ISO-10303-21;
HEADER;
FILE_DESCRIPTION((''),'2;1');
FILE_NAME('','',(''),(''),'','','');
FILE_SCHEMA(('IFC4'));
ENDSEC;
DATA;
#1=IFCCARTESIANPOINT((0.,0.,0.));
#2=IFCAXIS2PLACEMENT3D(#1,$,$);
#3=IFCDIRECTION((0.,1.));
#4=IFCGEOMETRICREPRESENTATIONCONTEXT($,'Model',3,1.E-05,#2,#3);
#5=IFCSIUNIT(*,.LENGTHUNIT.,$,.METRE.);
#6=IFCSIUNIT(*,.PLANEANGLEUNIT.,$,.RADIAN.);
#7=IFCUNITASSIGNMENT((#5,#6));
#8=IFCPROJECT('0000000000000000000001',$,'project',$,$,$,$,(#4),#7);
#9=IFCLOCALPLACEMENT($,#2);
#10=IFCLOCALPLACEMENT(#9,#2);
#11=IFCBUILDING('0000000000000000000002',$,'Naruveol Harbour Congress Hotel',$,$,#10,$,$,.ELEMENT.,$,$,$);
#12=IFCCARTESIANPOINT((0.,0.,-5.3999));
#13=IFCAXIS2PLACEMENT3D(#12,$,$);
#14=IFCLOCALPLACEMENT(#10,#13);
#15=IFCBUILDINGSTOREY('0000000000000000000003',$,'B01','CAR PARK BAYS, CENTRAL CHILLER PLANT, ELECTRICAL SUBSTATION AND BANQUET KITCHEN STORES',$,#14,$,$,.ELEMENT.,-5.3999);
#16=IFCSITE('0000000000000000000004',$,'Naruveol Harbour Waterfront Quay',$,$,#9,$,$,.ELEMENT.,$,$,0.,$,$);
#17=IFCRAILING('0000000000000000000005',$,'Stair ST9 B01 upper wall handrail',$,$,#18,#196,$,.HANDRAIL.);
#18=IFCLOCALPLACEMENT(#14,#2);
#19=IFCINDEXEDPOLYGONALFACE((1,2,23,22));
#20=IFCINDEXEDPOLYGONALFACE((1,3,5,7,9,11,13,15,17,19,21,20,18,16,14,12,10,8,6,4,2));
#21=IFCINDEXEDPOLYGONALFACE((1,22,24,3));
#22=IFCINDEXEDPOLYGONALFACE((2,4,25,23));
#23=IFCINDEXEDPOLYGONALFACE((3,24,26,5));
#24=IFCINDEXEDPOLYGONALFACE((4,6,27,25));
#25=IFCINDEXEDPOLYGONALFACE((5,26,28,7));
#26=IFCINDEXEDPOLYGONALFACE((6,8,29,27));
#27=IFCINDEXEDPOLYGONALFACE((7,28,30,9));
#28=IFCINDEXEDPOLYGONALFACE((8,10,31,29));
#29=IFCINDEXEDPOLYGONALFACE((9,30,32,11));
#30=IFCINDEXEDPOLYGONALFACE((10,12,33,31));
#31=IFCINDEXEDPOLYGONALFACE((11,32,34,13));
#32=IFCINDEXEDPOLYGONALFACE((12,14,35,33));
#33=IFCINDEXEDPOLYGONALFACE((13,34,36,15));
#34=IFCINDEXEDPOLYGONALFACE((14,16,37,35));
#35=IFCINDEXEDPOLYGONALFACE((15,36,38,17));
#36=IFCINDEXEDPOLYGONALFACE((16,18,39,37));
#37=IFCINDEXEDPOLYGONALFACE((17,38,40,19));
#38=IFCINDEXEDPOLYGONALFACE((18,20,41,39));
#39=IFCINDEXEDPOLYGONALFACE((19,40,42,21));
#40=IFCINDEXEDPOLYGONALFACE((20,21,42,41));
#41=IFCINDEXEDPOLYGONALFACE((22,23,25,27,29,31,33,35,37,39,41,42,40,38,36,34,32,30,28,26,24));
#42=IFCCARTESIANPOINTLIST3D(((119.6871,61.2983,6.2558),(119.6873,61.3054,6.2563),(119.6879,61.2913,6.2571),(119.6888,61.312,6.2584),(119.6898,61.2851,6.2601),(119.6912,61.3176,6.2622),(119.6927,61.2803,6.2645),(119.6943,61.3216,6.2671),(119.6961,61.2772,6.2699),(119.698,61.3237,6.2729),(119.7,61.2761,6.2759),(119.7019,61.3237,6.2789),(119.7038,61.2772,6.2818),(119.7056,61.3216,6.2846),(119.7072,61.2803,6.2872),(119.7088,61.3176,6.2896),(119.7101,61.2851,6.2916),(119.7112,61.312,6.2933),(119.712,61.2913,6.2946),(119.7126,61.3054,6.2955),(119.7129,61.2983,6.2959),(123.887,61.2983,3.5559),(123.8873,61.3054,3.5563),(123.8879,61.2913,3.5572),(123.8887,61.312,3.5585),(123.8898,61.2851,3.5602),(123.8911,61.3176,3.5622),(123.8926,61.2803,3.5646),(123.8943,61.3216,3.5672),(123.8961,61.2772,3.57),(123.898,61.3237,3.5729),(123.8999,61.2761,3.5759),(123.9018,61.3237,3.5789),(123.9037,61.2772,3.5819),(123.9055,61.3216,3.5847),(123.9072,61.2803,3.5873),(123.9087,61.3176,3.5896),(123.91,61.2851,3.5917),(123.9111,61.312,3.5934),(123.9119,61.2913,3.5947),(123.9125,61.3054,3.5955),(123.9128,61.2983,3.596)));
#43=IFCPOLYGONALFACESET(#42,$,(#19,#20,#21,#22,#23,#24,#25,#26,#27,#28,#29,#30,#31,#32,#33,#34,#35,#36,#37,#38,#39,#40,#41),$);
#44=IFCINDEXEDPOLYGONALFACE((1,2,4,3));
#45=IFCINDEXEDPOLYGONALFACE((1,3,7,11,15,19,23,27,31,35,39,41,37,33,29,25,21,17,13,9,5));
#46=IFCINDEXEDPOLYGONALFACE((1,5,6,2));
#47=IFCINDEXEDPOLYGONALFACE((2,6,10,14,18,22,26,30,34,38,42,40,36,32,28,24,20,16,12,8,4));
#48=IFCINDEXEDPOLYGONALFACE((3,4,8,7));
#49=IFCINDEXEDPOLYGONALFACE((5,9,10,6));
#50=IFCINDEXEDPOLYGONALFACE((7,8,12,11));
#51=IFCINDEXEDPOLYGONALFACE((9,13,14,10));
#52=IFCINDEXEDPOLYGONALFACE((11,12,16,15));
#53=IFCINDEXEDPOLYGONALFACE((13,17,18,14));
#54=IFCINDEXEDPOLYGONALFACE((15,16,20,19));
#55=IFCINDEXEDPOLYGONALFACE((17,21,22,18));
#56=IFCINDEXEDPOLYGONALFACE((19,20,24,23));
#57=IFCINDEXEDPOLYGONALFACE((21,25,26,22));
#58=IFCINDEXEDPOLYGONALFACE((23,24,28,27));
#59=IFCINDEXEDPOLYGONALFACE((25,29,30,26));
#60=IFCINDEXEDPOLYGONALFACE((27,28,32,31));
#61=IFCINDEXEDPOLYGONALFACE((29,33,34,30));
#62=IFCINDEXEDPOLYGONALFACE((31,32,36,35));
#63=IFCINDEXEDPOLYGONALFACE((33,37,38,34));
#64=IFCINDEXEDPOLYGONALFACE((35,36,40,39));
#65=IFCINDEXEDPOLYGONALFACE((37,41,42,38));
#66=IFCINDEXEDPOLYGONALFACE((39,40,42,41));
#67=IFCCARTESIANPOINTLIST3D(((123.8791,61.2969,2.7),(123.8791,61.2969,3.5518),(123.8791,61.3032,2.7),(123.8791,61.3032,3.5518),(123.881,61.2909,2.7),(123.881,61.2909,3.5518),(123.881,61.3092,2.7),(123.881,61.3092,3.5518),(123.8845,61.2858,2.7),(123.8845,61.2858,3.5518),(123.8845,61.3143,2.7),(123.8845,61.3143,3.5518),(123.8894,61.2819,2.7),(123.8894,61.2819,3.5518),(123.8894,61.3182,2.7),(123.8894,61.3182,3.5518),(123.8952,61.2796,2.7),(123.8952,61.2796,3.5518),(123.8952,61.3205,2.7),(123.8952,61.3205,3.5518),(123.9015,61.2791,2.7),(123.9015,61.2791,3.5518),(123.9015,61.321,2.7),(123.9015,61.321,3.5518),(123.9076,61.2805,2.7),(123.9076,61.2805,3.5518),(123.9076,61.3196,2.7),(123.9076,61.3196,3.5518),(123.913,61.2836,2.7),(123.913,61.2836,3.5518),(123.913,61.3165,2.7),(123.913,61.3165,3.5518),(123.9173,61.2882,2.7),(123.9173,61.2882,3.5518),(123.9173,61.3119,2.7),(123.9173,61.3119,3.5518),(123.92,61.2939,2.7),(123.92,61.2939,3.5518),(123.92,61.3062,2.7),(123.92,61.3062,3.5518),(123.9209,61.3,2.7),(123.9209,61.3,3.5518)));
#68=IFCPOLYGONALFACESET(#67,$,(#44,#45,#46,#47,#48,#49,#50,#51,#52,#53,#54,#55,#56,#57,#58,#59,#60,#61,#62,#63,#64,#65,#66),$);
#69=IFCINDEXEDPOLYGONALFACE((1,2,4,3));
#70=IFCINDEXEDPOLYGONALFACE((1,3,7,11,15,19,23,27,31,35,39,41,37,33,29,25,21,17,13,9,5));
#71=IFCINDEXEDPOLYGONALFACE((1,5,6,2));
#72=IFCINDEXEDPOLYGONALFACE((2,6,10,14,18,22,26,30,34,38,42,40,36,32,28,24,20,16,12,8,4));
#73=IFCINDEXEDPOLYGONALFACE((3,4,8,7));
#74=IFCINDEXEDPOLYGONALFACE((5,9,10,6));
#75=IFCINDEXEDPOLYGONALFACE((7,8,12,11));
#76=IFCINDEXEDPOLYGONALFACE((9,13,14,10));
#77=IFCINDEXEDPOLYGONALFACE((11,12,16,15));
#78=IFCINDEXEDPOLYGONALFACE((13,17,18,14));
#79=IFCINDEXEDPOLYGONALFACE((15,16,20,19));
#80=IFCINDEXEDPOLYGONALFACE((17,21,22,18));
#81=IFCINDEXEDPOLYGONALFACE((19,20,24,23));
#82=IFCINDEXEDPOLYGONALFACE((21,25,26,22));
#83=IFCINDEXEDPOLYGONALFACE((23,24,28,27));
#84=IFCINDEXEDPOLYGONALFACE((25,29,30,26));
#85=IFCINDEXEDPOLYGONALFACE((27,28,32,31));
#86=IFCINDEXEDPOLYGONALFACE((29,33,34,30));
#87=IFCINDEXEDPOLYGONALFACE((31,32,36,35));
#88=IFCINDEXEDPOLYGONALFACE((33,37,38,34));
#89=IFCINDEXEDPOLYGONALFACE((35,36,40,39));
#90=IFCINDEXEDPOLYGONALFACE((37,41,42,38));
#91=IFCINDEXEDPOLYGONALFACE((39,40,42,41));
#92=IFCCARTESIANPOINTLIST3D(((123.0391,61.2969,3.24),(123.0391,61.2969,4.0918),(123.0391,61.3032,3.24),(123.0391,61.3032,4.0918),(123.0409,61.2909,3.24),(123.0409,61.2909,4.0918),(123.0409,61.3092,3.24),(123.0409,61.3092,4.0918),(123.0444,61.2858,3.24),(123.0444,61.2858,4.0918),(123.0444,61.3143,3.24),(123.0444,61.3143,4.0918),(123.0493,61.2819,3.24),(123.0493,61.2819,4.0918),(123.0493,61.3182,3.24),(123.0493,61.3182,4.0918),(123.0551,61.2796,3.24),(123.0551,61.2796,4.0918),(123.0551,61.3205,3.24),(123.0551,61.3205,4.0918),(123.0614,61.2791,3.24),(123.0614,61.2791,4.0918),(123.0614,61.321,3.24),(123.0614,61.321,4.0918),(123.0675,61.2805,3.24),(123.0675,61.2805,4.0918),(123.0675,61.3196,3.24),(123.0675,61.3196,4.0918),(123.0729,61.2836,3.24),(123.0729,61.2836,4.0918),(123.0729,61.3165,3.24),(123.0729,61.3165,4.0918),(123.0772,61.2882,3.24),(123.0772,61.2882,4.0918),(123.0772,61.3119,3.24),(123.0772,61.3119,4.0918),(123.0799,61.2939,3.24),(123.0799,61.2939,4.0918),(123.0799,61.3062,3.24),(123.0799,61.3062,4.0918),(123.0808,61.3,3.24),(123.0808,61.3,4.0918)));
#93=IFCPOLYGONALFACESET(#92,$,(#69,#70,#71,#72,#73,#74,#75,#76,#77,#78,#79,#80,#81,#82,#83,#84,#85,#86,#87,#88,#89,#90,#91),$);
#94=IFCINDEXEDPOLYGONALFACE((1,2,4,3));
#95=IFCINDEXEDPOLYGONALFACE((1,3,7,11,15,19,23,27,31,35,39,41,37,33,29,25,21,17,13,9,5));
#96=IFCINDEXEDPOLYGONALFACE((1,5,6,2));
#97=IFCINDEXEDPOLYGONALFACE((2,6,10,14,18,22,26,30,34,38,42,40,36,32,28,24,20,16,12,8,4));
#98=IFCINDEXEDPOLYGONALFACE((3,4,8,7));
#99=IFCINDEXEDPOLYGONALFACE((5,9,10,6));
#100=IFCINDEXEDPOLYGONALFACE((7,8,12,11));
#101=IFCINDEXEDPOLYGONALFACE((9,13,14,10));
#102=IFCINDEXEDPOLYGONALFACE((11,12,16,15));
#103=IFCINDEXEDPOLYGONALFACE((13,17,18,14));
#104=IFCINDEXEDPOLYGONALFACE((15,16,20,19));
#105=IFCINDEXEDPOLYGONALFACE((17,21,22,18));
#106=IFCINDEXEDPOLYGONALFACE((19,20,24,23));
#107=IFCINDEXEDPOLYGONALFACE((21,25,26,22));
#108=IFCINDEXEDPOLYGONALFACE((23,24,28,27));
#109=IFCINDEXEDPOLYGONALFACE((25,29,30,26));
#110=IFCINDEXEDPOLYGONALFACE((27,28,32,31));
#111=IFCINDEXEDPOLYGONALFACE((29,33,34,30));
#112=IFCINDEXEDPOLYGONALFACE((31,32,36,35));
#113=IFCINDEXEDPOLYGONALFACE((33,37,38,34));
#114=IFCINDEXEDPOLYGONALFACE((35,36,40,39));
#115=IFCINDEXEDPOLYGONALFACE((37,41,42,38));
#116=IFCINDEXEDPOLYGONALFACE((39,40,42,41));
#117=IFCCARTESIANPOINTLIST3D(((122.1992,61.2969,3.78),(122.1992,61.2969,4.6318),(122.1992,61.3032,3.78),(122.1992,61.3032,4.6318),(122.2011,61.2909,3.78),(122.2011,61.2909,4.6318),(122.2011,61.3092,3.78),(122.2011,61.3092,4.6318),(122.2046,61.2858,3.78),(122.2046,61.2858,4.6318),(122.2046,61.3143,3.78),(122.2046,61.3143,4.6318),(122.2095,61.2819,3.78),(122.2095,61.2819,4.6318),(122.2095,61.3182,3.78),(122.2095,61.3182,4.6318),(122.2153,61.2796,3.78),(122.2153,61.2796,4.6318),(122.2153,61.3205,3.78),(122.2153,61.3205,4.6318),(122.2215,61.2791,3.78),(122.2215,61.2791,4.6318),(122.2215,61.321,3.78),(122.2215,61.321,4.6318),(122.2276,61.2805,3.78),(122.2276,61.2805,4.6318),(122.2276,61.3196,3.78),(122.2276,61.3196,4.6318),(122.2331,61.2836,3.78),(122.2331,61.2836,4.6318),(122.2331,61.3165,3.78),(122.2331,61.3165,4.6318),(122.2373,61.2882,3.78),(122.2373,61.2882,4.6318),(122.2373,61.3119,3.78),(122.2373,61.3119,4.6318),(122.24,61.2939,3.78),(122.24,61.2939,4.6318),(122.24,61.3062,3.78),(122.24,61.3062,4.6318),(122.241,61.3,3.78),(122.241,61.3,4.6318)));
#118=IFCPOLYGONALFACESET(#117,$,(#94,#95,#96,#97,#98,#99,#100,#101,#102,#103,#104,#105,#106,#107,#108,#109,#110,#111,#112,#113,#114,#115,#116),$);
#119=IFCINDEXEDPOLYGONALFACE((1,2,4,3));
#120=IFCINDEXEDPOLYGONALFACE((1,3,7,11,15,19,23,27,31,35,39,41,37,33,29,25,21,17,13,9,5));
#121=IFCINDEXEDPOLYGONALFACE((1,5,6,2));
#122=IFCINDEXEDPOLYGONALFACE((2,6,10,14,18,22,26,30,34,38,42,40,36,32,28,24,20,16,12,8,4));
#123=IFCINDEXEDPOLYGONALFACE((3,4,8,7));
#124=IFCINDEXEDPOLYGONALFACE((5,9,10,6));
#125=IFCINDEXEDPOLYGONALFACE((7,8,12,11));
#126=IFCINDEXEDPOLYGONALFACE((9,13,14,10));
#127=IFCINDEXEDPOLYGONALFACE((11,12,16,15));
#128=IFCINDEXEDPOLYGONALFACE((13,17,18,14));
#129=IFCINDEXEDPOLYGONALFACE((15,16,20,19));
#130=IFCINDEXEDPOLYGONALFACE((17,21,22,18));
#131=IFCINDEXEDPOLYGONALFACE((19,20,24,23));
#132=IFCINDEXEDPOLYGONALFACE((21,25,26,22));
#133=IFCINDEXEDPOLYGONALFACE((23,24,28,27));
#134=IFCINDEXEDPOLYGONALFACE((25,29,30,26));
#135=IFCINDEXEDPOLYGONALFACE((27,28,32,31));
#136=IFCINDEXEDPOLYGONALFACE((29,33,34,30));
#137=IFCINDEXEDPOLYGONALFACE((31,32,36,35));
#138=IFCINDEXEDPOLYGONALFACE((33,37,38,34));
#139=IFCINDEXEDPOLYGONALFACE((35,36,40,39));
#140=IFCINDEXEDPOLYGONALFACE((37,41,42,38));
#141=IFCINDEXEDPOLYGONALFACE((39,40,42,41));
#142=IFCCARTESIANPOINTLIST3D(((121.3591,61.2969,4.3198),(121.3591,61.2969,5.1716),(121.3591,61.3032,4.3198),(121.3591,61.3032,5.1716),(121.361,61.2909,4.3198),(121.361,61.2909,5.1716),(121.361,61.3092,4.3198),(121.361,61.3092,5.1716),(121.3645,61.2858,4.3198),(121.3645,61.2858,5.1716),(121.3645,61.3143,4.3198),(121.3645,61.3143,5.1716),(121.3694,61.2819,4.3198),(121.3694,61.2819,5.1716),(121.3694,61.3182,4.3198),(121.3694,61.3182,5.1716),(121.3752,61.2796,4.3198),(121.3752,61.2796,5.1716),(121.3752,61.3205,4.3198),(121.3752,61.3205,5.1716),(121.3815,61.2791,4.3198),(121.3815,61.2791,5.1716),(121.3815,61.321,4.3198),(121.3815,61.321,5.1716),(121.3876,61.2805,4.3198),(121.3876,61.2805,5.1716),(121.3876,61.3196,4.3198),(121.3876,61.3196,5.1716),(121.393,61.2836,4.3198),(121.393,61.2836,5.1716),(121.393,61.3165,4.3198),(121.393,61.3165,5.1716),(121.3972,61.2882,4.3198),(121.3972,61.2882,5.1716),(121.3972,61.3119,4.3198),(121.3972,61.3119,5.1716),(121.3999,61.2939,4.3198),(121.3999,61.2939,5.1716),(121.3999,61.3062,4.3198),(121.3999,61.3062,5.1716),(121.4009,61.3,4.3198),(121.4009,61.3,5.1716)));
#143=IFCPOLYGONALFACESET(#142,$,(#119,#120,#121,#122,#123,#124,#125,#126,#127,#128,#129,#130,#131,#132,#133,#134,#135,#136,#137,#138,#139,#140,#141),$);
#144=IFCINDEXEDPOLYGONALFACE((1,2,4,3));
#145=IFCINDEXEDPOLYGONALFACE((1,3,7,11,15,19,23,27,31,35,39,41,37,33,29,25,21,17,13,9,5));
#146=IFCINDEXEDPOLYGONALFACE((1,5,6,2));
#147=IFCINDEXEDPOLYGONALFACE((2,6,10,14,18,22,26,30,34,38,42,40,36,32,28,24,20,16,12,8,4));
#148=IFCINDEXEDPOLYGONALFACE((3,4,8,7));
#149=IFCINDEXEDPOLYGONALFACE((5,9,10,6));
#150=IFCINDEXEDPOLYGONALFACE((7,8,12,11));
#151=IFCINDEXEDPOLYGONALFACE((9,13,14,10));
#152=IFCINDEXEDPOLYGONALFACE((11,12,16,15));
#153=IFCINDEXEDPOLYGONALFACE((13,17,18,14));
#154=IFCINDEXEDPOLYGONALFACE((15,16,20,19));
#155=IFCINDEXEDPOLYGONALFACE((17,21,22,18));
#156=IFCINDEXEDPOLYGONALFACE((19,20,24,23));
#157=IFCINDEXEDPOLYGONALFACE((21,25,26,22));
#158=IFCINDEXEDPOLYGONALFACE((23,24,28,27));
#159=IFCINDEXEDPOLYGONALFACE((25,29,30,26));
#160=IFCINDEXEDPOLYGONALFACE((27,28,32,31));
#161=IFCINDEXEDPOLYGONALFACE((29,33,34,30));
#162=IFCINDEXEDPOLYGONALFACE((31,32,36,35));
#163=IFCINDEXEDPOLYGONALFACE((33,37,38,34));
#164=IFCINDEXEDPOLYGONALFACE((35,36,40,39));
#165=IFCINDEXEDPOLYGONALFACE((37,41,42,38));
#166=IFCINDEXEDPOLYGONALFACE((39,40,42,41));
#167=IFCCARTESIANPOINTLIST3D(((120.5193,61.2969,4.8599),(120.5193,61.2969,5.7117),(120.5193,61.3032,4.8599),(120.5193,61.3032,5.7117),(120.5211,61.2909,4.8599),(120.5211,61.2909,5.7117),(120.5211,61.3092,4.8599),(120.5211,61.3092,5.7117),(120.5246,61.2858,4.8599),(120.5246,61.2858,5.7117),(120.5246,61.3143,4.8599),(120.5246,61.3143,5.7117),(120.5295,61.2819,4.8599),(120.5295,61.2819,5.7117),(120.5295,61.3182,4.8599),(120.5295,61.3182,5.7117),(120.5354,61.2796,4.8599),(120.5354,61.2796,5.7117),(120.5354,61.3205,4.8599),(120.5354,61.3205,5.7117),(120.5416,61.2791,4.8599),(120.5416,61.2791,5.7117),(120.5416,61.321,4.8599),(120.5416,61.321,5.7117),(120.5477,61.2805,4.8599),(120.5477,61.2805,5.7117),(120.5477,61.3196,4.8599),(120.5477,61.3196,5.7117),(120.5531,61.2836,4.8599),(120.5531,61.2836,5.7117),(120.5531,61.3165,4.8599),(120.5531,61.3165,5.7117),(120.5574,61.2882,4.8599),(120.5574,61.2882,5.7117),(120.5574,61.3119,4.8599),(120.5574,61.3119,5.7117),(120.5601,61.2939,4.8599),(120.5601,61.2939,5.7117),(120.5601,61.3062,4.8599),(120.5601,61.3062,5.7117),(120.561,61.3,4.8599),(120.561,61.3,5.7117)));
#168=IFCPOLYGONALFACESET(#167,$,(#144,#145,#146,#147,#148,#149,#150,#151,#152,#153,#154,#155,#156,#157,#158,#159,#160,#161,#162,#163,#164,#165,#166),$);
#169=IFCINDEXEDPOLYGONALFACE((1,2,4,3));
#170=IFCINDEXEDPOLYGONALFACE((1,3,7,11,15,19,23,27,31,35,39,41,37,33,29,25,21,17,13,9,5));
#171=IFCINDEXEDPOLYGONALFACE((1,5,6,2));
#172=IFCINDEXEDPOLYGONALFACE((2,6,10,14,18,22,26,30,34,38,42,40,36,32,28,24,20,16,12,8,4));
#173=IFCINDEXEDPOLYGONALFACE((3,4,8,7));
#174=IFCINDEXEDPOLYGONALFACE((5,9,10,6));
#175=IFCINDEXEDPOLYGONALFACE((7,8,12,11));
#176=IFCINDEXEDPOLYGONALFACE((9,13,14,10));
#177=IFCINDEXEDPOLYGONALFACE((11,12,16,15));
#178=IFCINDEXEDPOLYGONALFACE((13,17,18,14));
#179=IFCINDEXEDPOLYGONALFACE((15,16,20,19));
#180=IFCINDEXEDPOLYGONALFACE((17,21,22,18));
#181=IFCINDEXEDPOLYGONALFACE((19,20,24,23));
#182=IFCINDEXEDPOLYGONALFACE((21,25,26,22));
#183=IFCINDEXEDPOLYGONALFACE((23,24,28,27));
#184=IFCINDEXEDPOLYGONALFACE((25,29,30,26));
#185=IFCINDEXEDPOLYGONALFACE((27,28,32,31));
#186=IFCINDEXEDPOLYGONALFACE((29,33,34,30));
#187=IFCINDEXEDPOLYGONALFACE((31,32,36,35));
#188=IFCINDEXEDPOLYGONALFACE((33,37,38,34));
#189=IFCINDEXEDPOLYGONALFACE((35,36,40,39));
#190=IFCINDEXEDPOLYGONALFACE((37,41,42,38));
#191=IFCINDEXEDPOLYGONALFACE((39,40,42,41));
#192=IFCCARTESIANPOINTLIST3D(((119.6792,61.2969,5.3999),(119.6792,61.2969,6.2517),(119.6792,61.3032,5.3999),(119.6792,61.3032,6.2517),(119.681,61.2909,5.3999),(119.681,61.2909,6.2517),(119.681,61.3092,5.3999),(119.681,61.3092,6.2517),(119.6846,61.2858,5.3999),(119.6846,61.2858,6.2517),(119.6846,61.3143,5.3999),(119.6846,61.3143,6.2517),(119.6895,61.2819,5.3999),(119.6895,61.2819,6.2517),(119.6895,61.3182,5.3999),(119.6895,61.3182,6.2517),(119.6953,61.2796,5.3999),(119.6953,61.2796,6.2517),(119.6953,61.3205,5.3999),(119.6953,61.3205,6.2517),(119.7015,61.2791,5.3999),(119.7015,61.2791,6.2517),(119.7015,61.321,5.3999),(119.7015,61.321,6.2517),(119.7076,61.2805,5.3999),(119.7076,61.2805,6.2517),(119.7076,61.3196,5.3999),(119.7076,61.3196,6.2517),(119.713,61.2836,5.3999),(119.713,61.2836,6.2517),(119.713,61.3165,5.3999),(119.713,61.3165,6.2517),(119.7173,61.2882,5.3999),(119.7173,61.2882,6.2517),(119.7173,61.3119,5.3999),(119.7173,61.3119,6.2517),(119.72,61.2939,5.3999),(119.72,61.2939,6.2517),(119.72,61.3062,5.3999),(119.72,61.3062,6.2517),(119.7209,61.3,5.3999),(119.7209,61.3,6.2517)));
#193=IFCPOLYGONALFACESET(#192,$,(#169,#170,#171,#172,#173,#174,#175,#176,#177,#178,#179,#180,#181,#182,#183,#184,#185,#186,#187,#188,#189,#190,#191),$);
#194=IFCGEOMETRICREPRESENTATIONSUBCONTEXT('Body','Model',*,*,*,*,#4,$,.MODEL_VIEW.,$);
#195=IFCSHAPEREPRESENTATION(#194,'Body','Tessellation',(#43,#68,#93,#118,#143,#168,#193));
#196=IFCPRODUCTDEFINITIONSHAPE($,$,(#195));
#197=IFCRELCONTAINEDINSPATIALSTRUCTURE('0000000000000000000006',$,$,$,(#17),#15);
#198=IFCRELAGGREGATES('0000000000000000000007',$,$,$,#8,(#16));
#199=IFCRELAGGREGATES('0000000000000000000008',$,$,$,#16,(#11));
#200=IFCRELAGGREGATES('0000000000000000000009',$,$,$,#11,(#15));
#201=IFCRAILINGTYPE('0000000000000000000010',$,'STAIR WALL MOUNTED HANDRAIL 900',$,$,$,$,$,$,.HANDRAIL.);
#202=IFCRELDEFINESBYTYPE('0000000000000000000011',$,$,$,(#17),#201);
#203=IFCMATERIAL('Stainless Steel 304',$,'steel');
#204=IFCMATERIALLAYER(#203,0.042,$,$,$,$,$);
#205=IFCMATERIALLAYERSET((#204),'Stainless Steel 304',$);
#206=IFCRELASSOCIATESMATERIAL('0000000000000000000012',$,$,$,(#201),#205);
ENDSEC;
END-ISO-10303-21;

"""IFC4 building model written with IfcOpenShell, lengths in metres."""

from ifc_helpers import new_model, si_unit, direction, frame, origin, origin_2d, place, context, subcontext, project, spatial, circle, extrude, material, layer, layer_set, type_object, element, save


model = new_model("IFC4")

# Units and contexts
model_context = context("Model", 3, precision=1e-05, world=origin(), true_north=direction((0.0, 1.0)))
body_context = subcontext(model_context, "Body", "Model", "MODEL_VIEW")
ifc_project = project(units=[si_unit("LENGTHUNIT", "METRE"), si_unit("PLANEANGLEUNIT", "RADIAN")], contexts=[model_context])

# Site, building, storey
site_placement = place(None, origin())
site = spatial("IfcSite", under=ifc_project, at=site_placement, Name="Naruveol Harbour Waterfront Quay", CompositionType="ELEMENT", RefElevation=0.0)
building_placement = place(site_placement, origin())
building = spatial("IfcBuilding", under=site, at=building_placement, Name="Naruveol Harbour Congress Hotel", CompositionType="ELEMENT")
storey_placement = place(building_placement, frame((0.0, 0.0, -5.3999)))
storey = spatial("IfcBuildingStorey", under=building, at=storey_placement, Name="B01", Description="CAR PARK BAYS, CENTRAL CHILLER PLANT, ELECTRICAL SUBSTATION AND BANQUET KITCHEN STORES", CompositionType="ELEMENT", Elevation=-5.3999)

# Railing
ifc_material_1 = material(Name="Stainless Steel 304", Category="steel")
ifc_layer_1 = layer(ifc_material_1, 0.042)
ifc_layer_set_1 = layer_set([ifc_layer_1], Name="Stainless Steel 304")
railing_type_1 = type_object("IfcRailingType", Name="STAIR WALL MOUNTED HANDRAIL 900", PredefinedType="HANDRAIL", material=ifc_layer_set_1)
railing_1_placement = place(storey_placement, frame((123.8999, 61.3, 2.7)))
element("IfcRailing", 1, at=railing_1_placement, inside=storey, type_object=railing_type_1, Name="Stair ST9 B01 upper wall handrail", PredefinedType="HANDRAIL", context=body_context, shape_type="SweptSolid", body=[
    extrude(circle(Radius=0.0239, at=origin_2d()), frame((0.0, 0.0, 0.876), z_axis=(-0.84118, 0.0, 0.540755), x_axis=(0.0, -1.0, 0.0)), (0.0, 0.0, 1.0), 4.9929),
    extrude(circle(Radius=0.021, at=origin_2d()), origin(), (0.0, 0.0, 1.0), 0.8518),
    extrude(circle(Radius=0.021, at=origin_2d()), frame((-0.8401, 0.0, 0.54)), (0.0, 0.0, 1.0), 0.8518),
    extrude(circle(Radius=0.021, at=origin_2d()), frame((-1.6799, 0.0, 1.0801)), (0.0, 0.0, 1.0), 0.8518),
    extrude(circle(Radius=0.021, at=origin_2d()), frame((-2.52, 0.0, 1.6199)), (0.0, 0.0, 1.0), 0.8518),
    extrude(circle(Radius=0.021, at=origin_2d()), frame((-3.3599, 0.0, 2.1599)), (0.0, 0.0, 1.0), 0.8518),
    extrude(circle(Radius=0.021, at=origin_2d()), frame((-4.2, 0.0, 2.7)), (0.0, 0.0, 1.0), 0.8518),
])

save(model, "model.ifc")
